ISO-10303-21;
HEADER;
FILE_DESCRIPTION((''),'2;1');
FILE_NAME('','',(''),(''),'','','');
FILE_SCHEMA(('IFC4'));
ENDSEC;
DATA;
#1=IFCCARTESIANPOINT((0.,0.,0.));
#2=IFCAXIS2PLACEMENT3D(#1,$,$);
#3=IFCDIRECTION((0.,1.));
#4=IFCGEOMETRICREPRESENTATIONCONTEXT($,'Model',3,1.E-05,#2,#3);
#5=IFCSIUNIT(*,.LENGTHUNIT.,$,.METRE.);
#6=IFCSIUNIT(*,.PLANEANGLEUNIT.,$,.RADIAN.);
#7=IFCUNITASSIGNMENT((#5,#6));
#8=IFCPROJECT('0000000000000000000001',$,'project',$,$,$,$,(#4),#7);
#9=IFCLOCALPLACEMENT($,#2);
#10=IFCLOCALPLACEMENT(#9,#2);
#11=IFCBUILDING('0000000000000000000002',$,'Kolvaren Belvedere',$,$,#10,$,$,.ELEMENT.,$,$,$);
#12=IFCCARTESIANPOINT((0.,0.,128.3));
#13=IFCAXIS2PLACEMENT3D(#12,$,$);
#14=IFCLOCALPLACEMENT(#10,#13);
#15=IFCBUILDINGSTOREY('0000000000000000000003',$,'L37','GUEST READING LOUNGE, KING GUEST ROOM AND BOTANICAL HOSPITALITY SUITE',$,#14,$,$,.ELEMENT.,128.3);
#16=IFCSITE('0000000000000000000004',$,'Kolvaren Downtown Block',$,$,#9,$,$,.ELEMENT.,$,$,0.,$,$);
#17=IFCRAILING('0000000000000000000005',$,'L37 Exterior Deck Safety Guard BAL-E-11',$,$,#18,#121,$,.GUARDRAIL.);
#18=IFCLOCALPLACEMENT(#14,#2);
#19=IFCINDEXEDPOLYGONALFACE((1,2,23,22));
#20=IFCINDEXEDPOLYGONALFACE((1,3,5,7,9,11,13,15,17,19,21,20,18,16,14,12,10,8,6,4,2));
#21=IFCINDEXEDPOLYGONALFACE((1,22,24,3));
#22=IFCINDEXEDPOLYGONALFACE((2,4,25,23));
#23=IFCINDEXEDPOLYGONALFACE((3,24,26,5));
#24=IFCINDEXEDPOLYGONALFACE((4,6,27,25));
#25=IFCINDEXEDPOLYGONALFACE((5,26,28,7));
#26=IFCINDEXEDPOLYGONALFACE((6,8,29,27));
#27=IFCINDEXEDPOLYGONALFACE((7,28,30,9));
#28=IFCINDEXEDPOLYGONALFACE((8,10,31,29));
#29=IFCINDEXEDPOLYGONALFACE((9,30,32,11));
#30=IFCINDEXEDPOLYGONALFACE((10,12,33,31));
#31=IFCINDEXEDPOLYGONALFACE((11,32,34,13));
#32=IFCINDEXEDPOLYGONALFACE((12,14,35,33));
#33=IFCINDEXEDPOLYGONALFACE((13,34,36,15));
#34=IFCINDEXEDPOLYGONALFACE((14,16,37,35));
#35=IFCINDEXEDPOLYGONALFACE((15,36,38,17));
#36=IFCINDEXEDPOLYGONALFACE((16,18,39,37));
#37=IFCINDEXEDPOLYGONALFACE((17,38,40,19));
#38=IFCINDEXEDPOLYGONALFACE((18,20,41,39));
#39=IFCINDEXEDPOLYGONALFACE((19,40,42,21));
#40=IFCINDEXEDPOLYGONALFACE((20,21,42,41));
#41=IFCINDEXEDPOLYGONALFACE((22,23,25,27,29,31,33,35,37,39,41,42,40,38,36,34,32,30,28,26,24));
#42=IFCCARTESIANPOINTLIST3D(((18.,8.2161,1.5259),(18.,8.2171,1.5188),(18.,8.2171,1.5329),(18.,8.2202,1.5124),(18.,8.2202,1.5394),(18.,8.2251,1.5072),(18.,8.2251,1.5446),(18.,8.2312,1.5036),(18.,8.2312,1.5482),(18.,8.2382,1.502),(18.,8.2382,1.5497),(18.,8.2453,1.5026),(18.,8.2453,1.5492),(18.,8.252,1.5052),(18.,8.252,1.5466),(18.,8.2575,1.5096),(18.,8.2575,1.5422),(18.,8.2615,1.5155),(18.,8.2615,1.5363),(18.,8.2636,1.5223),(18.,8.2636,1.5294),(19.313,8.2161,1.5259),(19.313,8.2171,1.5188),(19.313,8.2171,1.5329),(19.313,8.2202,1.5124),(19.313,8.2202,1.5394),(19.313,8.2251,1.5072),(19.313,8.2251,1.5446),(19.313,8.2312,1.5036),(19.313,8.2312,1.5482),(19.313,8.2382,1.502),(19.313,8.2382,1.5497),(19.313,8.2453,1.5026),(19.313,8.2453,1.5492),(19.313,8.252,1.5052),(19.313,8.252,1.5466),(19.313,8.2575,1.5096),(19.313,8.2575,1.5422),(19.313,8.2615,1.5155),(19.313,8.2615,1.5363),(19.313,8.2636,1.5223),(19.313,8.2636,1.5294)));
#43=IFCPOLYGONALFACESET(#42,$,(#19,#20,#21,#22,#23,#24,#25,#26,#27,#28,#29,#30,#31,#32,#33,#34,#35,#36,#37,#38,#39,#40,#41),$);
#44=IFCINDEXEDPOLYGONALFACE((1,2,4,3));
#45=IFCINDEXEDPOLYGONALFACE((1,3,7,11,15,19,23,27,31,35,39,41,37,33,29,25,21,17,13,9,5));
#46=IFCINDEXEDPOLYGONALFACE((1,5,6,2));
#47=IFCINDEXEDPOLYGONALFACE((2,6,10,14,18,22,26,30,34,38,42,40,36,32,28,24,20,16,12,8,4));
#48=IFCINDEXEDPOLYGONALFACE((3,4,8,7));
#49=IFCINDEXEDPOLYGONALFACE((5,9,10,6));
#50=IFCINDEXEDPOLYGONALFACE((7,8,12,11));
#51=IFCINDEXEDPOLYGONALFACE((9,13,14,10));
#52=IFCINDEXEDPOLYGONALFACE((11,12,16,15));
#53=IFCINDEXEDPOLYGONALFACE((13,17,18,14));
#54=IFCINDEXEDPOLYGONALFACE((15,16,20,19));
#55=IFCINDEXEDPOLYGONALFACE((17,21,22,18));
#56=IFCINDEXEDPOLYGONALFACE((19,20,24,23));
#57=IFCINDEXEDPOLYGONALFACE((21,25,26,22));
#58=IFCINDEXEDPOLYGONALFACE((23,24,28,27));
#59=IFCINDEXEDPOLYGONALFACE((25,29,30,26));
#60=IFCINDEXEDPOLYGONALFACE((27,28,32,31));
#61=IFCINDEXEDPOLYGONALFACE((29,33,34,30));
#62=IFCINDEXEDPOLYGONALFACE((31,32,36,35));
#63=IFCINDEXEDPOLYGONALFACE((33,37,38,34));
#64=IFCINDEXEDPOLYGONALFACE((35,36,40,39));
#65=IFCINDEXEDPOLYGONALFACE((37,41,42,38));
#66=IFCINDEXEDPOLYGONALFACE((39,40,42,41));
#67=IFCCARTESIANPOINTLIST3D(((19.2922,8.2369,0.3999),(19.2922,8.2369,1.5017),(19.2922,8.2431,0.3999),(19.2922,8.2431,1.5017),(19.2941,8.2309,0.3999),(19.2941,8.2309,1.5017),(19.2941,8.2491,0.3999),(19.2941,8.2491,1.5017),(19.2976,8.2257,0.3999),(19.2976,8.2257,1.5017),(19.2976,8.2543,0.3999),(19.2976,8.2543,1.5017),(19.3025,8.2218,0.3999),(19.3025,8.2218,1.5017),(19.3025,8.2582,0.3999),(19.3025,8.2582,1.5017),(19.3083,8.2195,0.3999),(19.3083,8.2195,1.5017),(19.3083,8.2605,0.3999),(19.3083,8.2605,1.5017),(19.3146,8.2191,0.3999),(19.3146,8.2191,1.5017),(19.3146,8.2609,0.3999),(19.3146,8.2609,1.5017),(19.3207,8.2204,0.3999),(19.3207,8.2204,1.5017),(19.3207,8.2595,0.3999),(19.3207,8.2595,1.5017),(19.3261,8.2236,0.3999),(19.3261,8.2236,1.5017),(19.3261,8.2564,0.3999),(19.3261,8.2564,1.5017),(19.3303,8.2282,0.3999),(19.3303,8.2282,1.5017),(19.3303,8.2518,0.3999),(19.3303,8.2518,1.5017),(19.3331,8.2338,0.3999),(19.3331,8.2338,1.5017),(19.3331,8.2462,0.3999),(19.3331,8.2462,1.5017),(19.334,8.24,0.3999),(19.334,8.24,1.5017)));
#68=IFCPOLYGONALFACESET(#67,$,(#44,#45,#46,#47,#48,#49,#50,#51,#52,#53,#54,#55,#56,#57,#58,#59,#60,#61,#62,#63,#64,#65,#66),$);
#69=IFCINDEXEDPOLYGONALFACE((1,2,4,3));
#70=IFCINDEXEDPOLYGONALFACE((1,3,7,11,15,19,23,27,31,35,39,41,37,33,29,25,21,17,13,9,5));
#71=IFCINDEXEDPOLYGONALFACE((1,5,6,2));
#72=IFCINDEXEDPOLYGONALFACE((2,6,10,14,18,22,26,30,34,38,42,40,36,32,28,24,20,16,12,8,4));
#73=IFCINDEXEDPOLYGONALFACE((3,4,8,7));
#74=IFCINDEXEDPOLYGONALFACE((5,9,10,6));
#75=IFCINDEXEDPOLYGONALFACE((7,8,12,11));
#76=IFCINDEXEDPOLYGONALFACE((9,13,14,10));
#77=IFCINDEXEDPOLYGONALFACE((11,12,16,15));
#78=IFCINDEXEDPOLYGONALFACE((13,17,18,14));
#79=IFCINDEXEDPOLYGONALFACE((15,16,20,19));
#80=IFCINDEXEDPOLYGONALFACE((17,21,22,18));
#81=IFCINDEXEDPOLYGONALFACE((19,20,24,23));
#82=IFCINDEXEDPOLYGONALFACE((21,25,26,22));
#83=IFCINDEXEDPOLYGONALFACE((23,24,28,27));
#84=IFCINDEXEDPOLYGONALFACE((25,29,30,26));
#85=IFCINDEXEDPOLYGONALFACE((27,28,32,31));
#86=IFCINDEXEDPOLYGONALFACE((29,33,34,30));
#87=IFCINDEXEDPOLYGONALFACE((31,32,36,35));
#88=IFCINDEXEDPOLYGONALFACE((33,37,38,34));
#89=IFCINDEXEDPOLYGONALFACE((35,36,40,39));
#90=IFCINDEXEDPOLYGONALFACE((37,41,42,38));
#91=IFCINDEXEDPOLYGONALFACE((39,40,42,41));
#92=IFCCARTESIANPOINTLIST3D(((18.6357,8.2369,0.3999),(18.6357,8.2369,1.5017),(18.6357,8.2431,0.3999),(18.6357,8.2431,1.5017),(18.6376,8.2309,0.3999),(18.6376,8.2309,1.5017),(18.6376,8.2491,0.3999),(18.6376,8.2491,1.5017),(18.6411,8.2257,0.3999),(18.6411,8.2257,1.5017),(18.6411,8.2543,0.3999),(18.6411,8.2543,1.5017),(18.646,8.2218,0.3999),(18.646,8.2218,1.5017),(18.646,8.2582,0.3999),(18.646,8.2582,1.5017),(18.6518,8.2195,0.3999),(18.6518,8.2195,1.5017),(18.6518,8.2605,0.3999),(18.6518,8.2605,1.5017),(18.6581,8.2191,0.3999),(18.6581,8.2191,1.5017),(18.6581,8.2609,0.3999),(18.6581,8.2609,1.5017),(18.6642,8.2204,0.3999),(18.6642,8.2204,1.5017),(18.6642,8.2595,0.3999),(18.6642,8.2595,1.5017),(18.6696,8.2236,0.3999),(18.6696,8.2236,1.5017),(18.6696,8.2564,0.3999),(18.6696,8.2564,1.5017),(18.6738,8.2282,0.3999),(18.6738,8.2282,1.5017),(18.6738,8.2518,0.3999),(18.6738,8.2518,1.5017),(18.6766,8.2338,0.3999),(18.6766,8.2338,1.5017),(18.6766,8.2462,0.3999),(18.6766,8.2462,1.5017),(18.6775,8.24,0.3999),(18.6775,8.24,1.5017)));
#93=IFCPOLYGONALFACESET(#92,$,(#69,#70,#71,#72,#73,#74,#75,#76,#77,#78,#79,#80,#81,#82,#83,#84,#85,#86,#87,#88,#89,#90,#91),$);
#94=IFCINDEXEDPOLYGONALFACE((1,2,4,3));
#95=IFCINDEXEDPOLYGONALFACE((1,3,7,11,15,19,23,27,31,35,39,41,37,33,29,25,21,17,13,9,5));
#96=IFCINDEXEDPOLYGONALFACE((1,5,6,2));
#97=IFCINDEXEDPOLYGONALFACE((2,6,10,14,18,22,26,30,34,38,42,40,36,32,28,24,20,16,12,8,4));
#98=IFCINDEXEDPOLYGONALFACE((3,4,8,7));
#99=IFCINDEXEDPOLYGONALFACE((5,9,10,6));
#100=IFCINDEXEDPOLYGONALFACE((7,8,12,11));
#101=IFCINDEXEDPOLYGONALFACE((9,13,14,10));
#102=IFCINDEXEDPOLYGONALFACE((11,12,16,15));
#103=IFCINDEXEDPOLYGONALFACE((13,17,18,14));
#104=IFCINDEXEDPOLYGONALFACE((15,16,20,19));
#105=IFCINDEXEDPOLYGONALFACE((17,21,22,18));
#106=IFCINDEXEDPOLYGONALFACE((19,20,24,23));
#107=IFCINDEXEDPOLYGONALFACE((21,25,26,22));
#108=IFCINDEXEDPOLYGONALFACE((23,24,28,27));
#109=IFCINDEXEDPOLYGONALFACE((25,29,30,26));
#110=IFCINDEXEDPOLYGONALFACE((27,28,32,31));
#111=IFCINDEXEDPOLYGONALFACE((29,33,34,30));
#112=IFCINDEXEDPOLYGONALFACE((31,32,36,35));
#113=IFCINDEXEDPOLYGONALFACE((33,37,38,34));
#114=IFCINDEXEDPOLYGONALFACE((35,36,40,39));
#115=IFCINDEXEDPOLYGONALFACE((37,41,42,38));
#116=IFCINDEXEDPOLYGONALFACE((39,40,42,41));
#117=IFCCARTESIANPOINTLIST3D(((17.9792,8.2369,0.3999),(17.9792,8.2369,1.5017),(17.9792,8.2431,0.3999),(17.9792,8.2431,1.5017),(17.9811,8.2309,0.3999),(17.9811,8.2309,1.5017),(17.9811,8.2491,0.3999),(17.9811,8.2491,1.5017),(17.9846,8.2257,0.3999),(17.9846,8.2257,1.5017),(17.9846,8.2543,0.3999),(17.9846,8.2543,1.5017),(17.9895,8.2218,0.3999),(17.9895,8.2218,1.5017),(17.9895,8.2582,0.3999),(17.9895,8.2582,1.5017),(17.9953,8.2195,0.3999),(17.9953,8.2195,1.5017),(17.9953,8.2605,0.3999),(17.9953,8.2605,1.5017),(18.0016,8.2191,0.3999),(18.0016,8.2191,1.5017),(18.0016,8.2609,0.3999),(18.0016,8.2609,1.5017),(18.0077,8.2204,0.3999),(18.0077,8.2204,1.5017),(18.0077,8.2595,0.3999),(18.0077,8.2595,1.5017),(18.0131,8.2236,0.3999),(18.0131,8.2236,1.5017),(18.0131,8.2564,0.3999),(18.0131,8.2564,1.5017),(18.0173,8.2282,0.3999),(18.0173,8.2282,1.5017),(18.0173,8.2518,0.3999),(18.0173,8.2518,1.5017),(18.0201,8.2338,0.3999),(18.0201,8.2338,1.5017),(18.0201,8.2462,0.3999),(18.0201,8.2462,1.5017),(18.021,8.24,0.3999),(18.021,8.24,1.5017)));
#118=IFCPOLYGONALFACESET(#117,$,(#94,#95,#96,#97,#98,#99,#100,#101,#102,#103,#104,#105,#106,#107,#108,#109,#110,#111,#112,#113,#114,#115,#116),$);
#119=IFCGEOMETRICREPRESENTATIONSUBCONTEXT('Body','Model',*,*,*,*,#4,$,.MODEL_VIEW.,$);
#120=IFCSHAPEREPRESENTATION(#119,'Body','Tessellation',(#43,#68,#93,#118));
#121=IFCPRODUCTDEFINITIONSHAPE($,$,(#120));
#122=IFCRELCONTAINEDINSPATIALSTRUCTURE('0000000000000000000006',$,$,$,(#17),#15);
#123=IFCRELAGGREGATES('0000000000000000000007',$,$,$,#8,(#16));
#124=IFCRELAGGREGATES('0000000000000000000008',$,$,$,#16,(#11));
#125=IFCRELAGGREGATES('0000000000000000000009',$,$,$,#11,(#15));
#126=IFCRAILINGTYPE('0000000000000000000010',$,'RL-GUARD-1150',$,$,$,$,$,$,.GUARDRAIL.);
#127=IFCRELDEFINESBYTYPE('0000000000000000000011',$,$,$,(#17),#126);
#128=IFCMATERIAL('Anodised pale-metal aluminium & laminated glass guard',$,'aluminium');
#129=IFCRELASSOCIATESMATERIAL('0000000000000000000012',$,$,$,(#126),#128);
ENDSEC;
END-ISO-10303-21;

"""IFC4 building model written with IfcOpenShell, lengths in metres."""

from ifc_helpers import new_model, si_unit, direction, frame, origin, origin_2d, place, context, subcontext, project, spatial, circle, extrude, material, type_object, element, save


model = new_model("IFC4")

# Units and contexts
model_context = context("Model", 3, precision=1e-05, world=origin(), true_north=direction((0.0, 1.0)))
body_context = subcontext(model_context, "Body", "Model", "MODEL_VIEW")
ifc_project = project(units=[si_unit("LENGTHUNIT", "METRE"), si_unit("PLANEANGLEUNIT", "RADIAN")], contexts=[model_context])

# Site, building, storey
site_placement = place(None, origin())
site = spatial("IfcSite", under=ifc_project, at=site_placement, Name="Kolvaren Downtown Block", CompositionType="ELEMENT", RefElevation=0.0)
building_placement = place(site_placement, origin())
building = spatial("IfcBuilding", under=site, at=building_placement, Name="Kolvaren Belvedere", CompositionType="ELEMENT")
storey_placement = place(building_placement, frame((0.0, 0.0, 128.3)))
storey = spatial("IfcBuildingStorey", under=building, at=storey_placement, Name="L37", Description="GUEST READING LOUNGE, KING GUEST ROOM AND BOTANICAL HOSPITALITY SUITE", CompositionType="ELEMENT", Elevation=128.3)

# Railing
ifc_material_1 = material(Name="Anodised pale-metal aluminium & laminated glass guard", Category="aluminium")
railing_type = type_object("IfcRailingType", Name="RL-GUARD-1150", PredefinedType="GUARDRAIL", material=ifc_material_1)
railing_1_placement = place(storey_placement, frame((19.313, 8.24, 0.3999)))
element("IfcRailing", 1, at=railing_1_placement, inside=storey, type_object=railing_type, Name="L37 Exterior Deck Safety Guard BAL-E-11", PredefinedType="GUARDRAIL", context=body_context, shape_type="SweptSolid", body=[
    extrude(circle(Radius=0.0239, at=origin_2d()), frame((0.0, 0.0, 1.126), z_axis=(-1.0, 0.0, 0.0), x_axis=(0.0, -1.0, 0.0)), (0.0, 0.0, 1.0), 1.313),
    extrude(circle(Radius=0.021, at=origin_2d()), origin(), (0.0, 0.0, 1.0), 1.1018),
    extrude(circle(Radius=0.021, at=origin_2d()), frame((-0.6565, 0.0, 0.0)), (0.0, 0.0, 1.0), 1.1018),
    extrude(circle(Radius=0.021, at=origin_2d()), frame((-1.313, 0.0, 0.0)), (0.0, 0.0, 1.0), 1.1018),
])

save(model, "model.ifc")
